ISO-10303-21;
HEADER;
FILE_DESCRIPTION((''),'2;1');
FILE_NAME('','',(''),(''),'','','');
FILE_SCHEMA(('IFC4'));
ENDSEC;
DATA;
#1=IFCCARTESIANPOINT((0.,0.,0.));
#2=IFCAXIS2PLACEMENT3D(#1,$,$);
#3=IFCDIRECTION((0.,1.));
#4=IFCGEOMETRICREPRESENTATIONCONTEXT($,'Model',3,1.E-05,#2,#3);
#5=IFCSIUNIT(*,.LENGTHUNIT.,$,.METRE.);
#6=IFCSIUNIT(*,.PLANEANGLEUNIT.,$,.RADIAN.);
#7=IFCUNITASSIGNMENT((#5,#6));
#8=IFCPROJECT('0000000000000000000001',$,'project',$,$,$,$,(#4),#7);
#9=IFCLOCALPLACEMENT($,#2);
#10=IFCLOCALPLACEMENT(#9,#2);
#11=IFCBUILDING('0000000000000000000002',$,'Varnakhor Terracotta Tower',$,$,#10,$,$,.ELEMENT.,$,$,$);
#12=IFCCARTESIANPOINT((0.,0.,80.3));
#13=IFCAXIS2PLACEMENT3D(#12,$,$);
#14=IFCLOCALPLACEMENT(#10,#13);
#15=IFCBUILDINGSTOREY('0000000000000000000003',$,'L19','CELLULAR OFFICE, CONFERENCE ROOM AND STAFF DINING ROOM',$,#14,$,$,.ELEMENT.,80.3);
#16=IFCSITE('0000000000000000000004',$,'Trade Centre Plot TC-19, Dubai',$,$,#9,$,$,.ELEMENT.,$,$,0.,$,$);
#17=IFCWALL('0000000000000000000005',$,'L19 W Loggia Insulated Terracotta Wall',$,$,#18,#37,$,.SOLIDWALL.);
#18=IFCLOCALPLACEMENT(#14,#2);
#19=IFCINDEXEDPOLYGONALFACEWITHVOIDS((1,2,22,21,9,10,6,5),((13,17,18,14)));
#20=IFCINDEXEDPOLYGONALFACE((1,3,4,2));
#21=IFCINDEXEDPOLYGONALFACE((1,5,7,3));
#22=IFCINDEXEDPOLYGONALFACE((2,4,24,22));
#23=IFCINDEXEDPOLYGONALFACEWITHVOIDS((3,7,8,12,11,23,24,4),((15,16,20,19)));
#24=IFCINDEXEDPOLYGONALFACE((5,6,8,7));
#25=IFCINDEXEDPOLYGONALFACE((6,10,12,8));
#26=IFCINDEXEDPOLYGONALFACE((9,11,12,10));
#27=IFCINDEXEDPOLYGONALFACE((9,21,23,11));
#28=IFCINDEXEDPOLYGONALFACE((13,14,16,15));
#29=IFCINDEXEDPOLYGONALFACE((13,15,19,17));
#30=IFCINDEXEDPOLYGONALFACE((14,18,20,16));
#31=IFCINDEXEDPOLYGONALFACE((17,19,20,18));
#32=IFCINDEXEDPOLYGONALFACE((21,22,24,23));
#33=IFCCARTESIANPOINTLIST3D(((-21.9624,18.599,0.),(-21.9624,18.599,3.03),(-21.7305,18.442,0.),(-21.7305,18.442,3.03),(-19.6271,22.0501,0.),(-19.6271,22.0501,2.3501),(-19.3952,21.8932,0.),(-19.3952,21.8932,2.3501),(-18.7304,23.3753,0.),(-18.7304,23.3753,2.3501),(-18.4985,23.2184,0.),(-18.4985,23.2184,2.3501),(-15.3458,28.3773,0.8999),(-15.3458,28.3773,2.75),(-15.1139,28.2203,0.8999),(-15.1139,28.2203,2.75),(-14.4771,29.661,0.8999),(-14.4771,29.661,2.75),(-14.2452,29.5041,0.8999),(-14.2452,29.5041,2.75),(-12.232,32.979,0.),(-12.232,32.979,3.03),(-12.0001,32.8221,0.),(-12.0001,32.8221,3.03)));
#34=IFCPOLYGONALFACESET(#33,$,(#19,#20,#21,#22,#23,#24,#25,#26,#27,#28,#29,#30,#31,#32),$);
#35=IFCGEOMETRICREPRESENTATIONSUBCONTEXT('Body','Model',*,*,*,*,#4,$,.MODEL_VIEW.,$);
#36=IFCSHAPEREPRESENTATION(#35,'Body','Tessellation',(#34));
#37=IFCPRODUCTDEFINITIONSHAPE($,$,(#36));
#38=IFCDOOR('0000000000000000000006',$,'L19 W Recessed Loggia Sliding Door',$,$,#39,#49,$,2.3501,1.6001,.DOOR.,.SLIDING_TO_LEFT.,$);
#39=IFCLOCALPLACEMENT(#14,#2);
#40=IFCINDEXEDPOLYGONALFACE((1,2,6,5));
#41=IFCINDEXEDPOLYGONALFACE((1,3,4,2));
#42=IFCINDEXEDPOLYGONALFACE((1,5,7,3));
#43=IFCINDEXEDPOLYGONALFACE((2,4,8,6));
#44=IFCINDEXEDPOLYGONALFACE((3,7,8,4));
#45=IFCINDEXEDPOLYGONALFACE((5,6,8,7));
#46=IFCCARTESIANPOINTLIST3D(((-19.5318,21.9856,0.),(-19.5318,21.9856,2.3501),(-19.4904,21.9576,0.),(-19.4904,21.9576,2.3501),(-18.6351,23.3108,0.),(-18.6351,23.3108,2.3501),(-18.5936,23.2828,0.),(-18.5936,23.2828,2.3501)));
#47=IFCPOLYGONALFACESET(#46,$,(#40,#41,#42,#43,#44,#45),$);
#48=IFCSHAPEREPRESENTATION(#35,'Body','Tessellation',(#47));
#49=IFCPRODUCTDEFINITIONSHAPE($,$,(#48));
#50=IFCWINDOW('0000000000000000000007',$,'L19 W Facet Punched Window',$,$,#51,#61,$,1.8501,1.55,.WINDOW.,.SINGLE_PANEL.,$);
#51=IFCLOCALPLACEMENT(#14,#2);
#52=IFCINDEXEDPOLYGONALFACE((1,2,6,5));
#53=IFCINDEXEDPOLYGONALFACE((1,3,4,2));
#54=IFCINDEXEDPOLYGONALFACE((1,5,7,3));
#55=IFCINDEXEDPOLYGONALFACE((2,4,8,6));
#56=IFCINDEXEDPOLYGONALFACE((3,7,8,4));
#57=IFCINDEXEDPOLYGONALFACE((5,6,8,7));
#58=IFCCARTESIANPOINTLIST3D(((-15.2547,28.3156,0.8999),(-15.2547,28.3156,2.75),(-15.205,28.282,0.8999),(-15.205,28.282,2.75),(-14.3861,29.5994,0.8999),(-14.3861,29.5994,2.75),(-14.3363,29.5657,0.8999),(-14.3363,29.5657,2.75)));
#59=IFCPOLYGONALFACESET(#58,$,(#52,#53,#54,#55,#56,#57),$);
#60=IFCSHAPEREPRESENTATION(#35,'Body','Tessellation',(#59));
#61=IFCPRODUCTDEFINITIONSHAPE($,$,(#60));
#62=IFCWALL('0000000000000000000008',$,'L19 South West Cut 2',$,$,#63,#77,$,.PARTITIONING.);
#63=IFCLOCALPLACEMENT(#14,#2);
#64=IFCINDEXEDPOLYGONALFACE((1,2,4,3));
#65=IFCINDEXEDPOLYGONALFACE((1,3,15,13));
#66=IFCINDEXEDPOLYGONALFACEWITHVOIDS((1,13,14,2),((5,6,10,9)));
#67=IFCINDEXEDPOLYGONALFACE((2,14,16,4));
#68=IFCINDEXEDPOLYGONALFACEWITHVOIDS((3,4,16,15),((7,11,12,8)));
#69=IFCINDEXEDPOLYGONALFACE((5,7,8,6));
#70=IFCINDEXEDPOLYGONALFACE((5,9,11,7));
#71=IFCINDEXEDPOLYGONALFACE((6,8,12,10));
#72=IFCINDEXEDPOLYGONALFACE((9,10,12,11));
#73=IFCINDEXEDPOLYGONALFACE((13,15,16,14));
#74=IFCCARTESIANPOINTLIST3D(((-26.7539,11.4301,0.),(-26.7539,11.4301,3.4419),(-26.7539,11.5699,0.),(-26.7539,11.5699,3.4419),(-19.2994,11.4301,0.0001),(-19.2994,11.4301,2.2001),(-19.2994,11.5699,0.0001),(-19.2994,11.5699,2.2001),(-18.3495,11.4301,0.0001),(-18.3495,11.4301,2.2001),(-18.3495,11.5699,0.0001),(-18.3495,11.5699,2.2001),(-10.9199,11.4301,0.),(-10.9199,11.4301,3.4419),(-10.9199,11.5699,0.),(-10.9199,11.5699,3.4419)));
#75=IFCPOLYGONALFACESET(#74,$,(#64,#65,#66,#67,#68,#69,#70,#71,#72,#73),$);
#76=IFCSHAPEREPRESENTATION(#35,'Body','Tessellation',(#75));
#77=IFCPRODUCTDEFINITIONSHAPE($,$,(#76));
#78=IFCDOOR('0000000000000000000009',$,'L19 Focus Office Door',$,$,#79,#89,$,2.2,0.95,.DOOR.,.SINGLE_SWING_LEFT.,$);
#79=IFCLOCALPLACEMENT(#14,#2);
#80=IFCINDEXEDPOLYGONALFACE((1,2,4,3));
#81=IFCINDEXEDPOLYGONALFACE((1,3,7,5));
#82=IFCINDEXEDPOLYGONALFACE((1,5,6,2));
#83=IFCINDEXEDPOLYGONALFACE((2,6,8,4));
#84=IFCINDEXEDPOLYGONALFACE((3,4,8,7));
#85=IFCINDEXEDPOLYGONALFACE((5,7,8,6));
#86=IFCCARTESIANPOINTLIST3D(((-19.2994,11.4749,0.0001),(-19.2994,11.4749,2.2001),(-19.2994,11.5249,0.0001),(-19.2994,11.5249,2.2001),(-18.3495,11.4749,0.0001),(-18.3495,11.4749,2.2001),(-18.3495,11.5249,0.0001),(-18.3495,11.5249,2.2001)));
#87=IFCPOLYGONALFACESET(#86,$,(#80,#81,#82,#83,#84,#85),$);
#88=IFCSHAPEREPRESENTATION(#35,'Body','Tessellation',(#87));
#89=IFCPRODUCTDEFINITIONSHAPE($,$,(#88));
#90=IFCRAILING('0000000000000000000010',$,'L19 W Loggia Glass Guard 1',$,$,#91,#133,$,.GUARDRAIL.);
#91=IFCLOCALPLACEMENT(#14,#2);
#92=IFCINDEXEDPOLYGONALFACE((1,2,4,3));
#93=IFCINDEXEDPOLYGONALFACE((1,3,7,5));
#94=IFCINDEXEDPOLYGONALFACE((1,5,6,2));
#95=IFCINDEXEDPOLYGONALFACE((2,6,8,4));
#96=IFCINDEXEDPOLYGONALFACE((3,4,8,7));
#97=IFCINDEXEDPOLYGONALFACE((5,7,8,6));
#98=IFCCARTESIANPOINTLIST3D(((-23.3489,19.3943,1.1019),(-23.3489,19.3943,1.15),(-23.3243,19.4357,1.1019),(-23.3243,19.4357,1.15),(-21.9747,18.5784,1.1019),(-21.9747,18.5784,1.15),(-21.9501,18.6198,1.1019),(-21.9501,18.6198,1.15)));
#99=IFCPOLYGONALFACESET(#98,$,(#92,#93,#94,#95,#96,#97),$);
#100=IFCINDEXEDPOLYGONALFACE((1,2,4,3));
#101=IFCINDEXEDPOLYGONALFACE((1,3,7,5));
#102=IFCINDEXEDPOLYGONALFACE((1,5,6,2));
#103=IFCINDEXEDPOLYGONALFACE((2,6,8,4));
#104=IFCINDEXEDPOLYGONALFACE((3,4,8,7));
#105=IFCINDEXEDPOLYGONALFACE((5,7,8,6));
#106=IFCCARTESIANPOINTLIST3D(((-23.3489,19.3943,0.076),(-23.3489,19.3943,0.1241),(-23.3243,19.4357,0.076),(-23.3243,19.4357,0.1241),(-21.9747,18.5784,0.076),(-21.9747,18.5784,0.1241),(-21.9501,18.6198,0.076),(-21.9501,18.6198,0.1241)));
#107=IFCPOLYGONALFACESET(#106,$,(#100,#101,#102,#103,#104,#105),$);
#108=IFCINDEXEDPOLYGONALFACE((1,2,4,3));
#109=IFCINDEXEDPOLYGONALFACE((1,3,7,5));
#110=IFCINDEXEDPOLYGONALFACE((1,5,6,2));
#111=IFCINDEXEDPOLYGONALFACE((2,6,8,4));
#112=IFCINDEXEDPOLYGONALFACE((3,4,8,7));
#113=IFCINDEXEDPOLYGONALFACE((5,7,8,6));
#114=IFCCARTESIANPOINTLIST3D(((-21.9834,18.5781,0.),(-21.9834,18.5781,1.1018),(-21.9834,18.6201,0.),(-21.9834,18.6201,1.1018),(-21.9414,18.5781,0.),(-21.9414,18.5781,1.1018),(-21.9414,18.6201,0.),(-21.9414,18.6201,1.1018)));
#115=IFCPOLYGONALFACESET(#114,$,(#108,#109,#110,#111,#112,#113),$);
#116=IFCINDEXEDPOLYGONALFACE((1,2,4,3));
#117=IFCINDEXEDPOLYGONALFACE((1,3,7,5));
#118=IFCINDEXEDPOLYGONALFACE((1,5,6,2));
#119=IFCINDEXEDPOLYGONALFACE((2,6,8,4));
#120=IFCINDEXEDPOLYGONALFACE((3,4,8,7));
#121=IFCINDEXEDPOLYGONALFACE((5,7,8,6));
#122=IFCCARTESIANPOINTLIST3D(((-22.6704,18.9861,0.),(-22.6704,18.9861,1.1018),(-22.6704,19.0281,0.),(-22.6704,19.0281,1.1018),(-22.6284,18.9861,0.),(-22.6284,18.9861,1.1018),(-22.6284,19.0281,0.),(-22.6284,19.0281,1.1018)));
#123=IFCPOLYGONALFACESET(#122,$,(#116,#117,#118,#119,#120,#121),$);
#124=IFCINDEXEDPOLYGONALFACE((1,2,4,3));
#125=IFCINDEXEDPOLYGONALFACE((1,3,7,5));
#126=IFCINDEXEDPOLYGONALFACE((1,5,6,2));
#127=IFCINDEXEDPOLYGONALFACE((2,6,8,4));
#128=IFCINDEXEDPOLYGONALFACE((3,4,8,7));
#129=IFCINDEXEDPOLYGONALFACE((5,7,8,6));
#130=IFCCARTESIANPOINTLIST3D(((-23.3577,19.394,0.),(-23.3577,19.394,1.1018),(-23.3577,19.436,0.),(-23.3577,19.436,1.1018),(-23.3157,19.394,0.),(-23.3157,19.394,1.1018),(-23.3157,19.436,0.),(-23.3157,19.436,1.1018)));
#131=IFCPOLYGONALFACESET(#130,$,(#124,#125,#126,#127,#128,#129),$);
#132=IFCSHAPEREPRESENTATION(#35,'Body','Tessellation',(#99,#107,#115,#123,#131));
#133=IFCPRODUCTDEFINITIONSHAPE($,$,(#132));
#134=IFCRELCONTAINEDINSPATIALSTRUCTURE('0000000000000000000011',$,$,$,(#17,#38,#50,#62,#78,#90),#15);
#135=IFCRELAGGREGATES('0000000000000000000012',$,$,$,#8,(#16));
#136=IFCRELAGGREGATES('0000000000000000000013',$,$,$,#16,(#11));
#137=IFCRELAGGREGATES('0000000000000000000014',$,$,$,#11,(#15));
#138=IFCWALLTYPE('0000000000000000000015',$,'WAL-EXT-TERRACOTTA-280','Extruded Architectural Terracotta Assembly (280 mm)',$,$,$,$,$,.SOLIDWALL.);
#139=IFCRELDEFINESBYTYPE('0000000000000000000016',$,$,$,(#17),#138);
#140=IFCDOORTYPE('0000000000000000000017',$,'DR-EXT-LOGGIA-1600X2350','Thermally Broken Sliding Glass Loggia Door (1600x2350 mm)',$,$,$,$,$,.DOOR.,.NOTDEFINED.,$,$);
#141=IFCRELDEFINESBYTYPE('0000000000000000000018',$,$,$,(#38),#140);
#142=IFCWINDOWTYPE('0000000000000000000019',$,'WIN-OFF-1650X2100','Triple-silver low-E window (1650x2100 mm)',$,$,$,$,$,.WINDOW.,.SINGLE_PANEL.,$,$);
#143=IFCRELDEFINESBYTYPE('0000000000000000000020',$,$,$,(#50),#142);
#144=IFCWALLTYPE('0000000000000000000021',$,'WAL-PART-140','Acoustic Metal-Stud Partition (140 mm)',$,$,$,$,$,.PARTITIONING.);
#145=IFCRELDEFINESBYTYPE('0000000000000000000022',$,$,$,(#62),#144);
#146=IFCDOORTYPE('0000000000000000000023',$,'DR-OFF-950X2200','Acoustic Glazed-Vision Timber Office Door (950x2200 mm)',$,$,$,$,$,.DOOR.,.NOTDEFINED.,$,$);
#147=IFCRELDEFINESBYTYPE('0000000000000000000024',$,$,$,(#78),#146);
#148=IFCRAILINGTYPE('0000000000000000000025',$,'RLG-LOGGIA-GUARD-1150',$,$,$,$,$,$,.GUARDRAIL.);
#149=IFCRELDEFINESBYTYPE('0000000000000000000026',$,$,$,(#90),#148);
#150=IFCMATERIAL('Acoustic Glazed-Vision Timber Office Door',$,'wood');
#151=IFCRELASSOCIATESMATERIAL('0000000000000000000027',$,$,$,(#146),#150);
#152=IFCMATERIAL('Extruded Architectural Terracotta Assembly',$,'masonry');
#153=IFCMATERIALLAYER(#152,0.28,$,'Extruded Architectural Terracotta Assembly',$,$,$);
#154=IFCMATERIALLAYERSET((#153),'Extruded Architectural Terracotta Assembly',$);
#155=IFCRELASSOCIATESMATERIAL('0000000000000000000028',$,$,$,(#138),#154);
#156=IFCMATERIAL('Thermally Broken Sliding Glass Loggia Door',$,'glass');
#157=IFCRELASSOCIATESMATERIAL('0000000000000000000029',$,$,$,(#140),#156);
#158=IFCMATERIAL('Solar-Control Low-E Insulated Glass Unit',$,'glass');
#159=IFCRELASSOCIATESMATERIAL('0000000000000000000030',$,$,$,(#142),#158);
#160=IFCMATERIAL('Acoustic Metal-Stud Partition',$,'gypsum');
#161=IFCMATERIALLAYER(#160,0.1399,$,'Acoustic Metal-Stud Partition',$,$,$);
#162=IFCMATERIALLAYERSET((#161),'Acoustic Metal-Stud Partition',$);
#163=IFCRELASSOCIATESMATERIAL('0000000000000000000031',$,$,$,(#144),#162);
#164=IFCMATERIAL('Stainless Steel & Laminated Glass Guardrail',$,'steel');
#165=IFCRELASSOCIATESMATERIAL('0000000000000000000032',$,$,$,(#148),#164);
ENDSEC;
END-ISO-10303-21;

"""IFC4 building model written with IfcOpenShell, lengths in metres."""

from ifc_helpers import new_model, si_unit, direction, frame, frame_2d, origin, origin_2d, place, context, subcontext, project, spatial, rectangle, extrude, source, transform, mapped, material, layer, layer_set, type_object, type_shapes, element, fill, save


model = new_model("IFC4")

# Units and contexts
model_context = context("Model", 3, precision=1e-05, world=origin(), true_north=direction((0.0, 1.0)))
body_context = subcontext(model_context, "Body", "Model", "MODEL_VIEW")
ifc_project = project(units=[si_unit("LENGTHUNIT", "METRE"), si_unit("PLANEANGLEUNIT", "RADIAN")], contexts=[model_context])

# Site, building, storey
site_placement = place(None, origin())
site = spatial("IfcSite", under=ifc_project, at=site_placement, Name="Trade Centre Plot TC-19, Dubai", CompositionType="ELEMENT", RefElevation=0.0)
building_placement = place(site_placement, origin())
building = spatial("IfcBuilding", under=site, at=building_placement, Name="Varnakhor Terracotta Tower", CompositionType="ELEMENT")
storey_placement = place(building_placement, frame((0.0, 0.0, 80.3)))
storey = spatial("IfcBuildingStorey", under=building, at=storey_placement, Name="L19", Description="CELLULAR OFFICE, CONFERENCE ROOM AND STAFF DINING ROOM", CompositionType="ELEMENT", Elevation=80.3)

# Shared definitions
ifc_material_1 = material(Name="Acoustic Glazed-Vision Timber Office Door", Category="wood")
door_type_1 = type_object("IfcDoorType", Name="DR-OFF-950X2200", Description="Acoustic Glazed-Vision Timber Office Door (950x2200 mm)", OperationType="NOTDEFINED", PredefinedType="DOOR", material=ifc_material_1)
shared_shape_1 = source(origin(), body_context, "Body", "SweptSolid", [
    extrude(rectangle(XDim=0.95, YDim=2.2, at=frame_2d((0.4751, 1.1001))), frame((0.0, 0.0249, 0.0), z_axis=(0.0, -1.0, 0.0), x_axis=(1.0, 0.0, 0.0)), (0.0, 0.0, 1.0), 0.05),
])
type_shapes(door_type_1, [shared_shape_1])

# Wall, openings, door, window
ifc_material_2 = material(Name="Extruded Architectural Terracotta Assembly", Category="masonry")
ifc_layer_1 = layer(ifc_material_2, 0.28, Name="Extruded Architectural Terracotta Assembly")
ifc_layer_set_1 = layer_set([ifc_layer_1], Name="Extruded Architectural Terracotta Assembly")
wall_type_1 = type_object("IfcWallType", Name="WAL-EXT-TERRACOTTA-280", Description="Extruded Architectural Terracotta Assembly (280 mm)", PredefinedType="SOLIDWALL", material=ifc_layer_set_1)
wall_1_placement = place(storey_placement, frame((-21.8464, 18.5205, 0.0), z_axis=(0.0, 0.0, 1.0), x_axis=(0.560417, 0.82821, 0.0)))
wall_1 = element("IfcWall", 1, at=wall_1_placement, inside=storey, type_object=wall_type_1, Name="L19 W Loggia Insulated Terracotta Wall", PredefinedType="SOLIDWALL", context=body_context, shape_type="SweptSolid", body=[
    extrude(rectangle(XDim=17.3628, YDim=0.28, at=frame_2d((8.6814, 0.0))), origin(), (0.0, 0.0, 1.0), 3.03),
])
opening_1_placement = place(wall_1_placement, frame((4.167, 0.0, 0.0)))
opening_1 = element("IfcOpeningElement", 2, at=opening_1_placement, cuts=wall_1, PredefinedType="OPENING", context=body_context, shape_type="SweptSolid", body=[
    extrude(rectangle(XDim=1.6001, YDim=2.3501, at=frame_2d((0.8, 1.175))), frame((0.0, 0.1499, 0.0), z_axis=(0.0, -1.0, 0.0), x_axis=(1.0, 0.0, 0.0)), (0.0, 0.0, 1.0), 0.3),
])
opening_2_placement = place(wall_1_placement, frame((11.8066, 0.0, 0.8999)))
opening_2 = element("IfcOpeningElement", 3, at=opening_2_placement, cuts=wall_1, PredefinedType="OPENING", context=body_context, shape_type="SweptSolid", body=[
    extrude(rectangle(XDim=1.55, YDim=1.8501, at=frame_2d((0.7749, 0.925))), frame((0.0, 0.1499, 0.0), z_axis=(0.0, -1.0, 0.0), x_axis=(1.0, 0.0, 0.0)), (0.0, 0.0, 1.0), 0.3),
])
ifc_material_3 = material(Name="Thermally Broken Sliding Glass Loggia Door", Category="glass")
door_type_2 = type_object("IfcDoorType", Name="DR-EXT-LOGGIA-1600X2350", Description="Thermally Broken Sliding Glass Loggia Door (1600x2350 mm)", OperationType="NOTDEFINED", PredefinedType="DOOR", material=ifc_material_3)
shared_shape_2 = source(origin(), body_context, "Body", "SweptSolid", [
    extrude(rectangle(XDim=1.6001, YDim=2.3501, at=frame_2d((0.8, 1.175))), frame((0.0, 0.0249, 0.0), z_axis=(0.0, -1.0, 0.0), x_axis=(1.0, 0.0, 0.0)), (0.0, 0.0, 1.0), 0.05),
])
type_shapes(door_type_2, [shared_shape_2])
door_1_placement = place(opening_1_placement, origin())
door_1 = element("IfcDoor", 4, at=door_1_placement, inside=storey, type_object=door_type_2, Name="L19 W Recessed Loggia Sliding Door", OperationType="SLIDING_TO_LEFT", OverallHeight=2.3501, OverallWidth=1.6001, PredefinedType="DOOR", context=body_context, shape_type="MappedRepresentation", body=[
    mapped(shared_shape_2, transform((0.0, 0.0, 0.0), scale=1.0)),
])
fill(opening_1, door_1)
ifc_material_4 = material(Name="Solar-Control Low-E Insulated Glass Unit", Category="glass")
window_type = type_object("IfcWindowType", Name="WIN-OFF-1650X2100", Description="Triple-silver low-E window (1650x2100 mm)", PartitioningType="SINGLE_PANEL", PredefinedType="WINDOW", material=ifc_material_4)
shared_shape_3 = source(origin(), body_context, "Body", "SweptSolid", [
    extrude(rectangle(XDim=1.55, YDim=1.8501, at=frame_2d((0.7749, 0.925))), frame((0.0, 0.03, 0.0), z_axis=(0.0, -1.0, 0.0), x_axis=(1.0, 0.0, 0.0)), (0.0, 0.0, 1.0), 0.0601),
])
type_shapes(window_type, [shared_shape_3])
window_placement = place(opening_2_placement, origin())
window = element("IfcWindow", 5, at=window_placement, inside=storey, type_object=window_type, Name="L19 W Facet Punched Window", OverallHeight=1.8501, OverallWidth=1.55, PartitioningType="SINGLE_PANEL", PredefinedType="WINDOW", context=body_context, shape_type="MappedRepresentation", body=[
    mapped(shared_shape_3, transform((0.0, 0.0, 0.0), scale=1.0)),
])
fill(opening_2, window)

# Wall, opening, door
ifc_material_5 = material(Name="Acoustic Metal-Stud Partition", Category="gypsum")
ifc_layer_2 = layer(ifc_material_5, 0.1399, Name="Acoustic Metal-Stud Partition")
ifc_layer_set_2 = layer_set([ifc_layer_2], Name="Acoustic Metal-Stud Partition")
wall_type_2 = type_object("IfcWallType", Name="WAL-PART-140", Description="Acoustic Metal-Stud Partition (140 mm)", PredefinedType="PARTITIONING", material=ifc_layer_set_2)
wall_2_placement = place(storey_placement, frame((-26.7539, 11.5, 0.0), z_axis=(0.0, 0.0, 1.0), x_axis=(1.0, 0.0, 0.0)))
wall_2 = element("IfcWall", 6, at=wall_2_placement, inside=storey, type_object=wall_type_2, Name="L19 South West Cut 2", PredefinedType="PARTITIONING", context=body_context, shape_type="SweptSolid", body=[
    extrude(rectangle(XDim=15.834, YDim=0.1399, at=frame_2d((7.917, 0.0))), origin(), (0.0, 0.0, 1.0), 3.4419),
])
opening_3_placement = place(wall_2_placement, frame((7.4543, 0.0, 0.0)))
opening_3 = element("IfcOpeningElement", 7, at=opening_3_placement, cuts=wall_2, PredefinedType="OPENING", context=body_context, shape_type="SweptSolid", body=[
    extrude(rectangle(XDim=0.95, YDim=2.2, at=frame_2d((0.4751, 1.1001))), frame((0.0, 0.0801, 0.0), z_axis=(0.0, -1.0, 0.0), x_axis=(1.0, 0.0, 0.0)), (0.0, 0.0, 1.0), 0.1599),
])
door_2_placement = place(opening_3_placement, origin())
door_2 = element("IfcDoor", 8, at=door_2_placement, inside=storey, type_object=door_type_1, Name="L19 Focus Office Door", OperationType="SINGLE_SWING_LEFT", OverallHeight=2.2, OverallWidth=0.95, PredefinedType="DOOR", context=body_context, shape_type="MappedRepresentation", body=[
    mapped(shared_shape_1, transform((0.0, 0.0, 0.0), scale=1.0)),
])
fill(opening_3, door_2)

# Railing
ifc_material_6 = material(Name="Stainless Steel & Laminated Glass Guardrail", Category="steel")
railing_type = type_object("IfcRailingType", Name="RLG-LOGGIA-GUARD-1150", PredefinedType="GUARDRAIL", material=ifc_material_6)
railing_1_placement = place(storey_placement, frame((-21.9624, 18.5991, 0.0)))
element("IfcRailing", 9, at=railing_1_placement, inside=storey, type_object=railing_type, Name="L19 W Loggia Glass Guard 1", PredefinedType="GUARDRAIL", context=body_context, shape_type="SweptSolid", body=[
    extrude(rectangle(XDim=0.0481, YDim=0.0481, at=origin_2d()), frame((0.0, 0.0, 1.126), z_axis=(-0.859869, 0.510514, 0.0), x_axis=(-0.510514, -0.859869, 0.0)), (0.0, 0.0, 1.0), 1.5981),
    extrude(rectangle(XDim=0.0481, YDim=0.0481, at=origin_2d()), frame((0.0, 0.0, 0.1001), z_axis=(-0.859869, 0.510514, 0.0), x_axis=(-0.510514, -0.859869, 0.0)), (0.0, 0.0, 1.0), 1.5981),
    extrude(rectangle(XDim=0.042, YDim=0.042, at=origin_2d()), origin(), (0.0, 0.0, 1.0), 1.1018),
    extrude(rectangle(XDim=0.042, YDim=0.042, at=origin_2d()), frame((-0.687, 0.408, 0.0)), (0.0, 0.0, 1.0), 1.1018),
    extrude(rectangle(XDim=0.042, YDim=0.042, at=origin_2d()), frame((-1.3743, 0.8159, 0.0)), (0.0, 0.0, 1.0), 1.1018),
])

save(model, "model.ifc")
